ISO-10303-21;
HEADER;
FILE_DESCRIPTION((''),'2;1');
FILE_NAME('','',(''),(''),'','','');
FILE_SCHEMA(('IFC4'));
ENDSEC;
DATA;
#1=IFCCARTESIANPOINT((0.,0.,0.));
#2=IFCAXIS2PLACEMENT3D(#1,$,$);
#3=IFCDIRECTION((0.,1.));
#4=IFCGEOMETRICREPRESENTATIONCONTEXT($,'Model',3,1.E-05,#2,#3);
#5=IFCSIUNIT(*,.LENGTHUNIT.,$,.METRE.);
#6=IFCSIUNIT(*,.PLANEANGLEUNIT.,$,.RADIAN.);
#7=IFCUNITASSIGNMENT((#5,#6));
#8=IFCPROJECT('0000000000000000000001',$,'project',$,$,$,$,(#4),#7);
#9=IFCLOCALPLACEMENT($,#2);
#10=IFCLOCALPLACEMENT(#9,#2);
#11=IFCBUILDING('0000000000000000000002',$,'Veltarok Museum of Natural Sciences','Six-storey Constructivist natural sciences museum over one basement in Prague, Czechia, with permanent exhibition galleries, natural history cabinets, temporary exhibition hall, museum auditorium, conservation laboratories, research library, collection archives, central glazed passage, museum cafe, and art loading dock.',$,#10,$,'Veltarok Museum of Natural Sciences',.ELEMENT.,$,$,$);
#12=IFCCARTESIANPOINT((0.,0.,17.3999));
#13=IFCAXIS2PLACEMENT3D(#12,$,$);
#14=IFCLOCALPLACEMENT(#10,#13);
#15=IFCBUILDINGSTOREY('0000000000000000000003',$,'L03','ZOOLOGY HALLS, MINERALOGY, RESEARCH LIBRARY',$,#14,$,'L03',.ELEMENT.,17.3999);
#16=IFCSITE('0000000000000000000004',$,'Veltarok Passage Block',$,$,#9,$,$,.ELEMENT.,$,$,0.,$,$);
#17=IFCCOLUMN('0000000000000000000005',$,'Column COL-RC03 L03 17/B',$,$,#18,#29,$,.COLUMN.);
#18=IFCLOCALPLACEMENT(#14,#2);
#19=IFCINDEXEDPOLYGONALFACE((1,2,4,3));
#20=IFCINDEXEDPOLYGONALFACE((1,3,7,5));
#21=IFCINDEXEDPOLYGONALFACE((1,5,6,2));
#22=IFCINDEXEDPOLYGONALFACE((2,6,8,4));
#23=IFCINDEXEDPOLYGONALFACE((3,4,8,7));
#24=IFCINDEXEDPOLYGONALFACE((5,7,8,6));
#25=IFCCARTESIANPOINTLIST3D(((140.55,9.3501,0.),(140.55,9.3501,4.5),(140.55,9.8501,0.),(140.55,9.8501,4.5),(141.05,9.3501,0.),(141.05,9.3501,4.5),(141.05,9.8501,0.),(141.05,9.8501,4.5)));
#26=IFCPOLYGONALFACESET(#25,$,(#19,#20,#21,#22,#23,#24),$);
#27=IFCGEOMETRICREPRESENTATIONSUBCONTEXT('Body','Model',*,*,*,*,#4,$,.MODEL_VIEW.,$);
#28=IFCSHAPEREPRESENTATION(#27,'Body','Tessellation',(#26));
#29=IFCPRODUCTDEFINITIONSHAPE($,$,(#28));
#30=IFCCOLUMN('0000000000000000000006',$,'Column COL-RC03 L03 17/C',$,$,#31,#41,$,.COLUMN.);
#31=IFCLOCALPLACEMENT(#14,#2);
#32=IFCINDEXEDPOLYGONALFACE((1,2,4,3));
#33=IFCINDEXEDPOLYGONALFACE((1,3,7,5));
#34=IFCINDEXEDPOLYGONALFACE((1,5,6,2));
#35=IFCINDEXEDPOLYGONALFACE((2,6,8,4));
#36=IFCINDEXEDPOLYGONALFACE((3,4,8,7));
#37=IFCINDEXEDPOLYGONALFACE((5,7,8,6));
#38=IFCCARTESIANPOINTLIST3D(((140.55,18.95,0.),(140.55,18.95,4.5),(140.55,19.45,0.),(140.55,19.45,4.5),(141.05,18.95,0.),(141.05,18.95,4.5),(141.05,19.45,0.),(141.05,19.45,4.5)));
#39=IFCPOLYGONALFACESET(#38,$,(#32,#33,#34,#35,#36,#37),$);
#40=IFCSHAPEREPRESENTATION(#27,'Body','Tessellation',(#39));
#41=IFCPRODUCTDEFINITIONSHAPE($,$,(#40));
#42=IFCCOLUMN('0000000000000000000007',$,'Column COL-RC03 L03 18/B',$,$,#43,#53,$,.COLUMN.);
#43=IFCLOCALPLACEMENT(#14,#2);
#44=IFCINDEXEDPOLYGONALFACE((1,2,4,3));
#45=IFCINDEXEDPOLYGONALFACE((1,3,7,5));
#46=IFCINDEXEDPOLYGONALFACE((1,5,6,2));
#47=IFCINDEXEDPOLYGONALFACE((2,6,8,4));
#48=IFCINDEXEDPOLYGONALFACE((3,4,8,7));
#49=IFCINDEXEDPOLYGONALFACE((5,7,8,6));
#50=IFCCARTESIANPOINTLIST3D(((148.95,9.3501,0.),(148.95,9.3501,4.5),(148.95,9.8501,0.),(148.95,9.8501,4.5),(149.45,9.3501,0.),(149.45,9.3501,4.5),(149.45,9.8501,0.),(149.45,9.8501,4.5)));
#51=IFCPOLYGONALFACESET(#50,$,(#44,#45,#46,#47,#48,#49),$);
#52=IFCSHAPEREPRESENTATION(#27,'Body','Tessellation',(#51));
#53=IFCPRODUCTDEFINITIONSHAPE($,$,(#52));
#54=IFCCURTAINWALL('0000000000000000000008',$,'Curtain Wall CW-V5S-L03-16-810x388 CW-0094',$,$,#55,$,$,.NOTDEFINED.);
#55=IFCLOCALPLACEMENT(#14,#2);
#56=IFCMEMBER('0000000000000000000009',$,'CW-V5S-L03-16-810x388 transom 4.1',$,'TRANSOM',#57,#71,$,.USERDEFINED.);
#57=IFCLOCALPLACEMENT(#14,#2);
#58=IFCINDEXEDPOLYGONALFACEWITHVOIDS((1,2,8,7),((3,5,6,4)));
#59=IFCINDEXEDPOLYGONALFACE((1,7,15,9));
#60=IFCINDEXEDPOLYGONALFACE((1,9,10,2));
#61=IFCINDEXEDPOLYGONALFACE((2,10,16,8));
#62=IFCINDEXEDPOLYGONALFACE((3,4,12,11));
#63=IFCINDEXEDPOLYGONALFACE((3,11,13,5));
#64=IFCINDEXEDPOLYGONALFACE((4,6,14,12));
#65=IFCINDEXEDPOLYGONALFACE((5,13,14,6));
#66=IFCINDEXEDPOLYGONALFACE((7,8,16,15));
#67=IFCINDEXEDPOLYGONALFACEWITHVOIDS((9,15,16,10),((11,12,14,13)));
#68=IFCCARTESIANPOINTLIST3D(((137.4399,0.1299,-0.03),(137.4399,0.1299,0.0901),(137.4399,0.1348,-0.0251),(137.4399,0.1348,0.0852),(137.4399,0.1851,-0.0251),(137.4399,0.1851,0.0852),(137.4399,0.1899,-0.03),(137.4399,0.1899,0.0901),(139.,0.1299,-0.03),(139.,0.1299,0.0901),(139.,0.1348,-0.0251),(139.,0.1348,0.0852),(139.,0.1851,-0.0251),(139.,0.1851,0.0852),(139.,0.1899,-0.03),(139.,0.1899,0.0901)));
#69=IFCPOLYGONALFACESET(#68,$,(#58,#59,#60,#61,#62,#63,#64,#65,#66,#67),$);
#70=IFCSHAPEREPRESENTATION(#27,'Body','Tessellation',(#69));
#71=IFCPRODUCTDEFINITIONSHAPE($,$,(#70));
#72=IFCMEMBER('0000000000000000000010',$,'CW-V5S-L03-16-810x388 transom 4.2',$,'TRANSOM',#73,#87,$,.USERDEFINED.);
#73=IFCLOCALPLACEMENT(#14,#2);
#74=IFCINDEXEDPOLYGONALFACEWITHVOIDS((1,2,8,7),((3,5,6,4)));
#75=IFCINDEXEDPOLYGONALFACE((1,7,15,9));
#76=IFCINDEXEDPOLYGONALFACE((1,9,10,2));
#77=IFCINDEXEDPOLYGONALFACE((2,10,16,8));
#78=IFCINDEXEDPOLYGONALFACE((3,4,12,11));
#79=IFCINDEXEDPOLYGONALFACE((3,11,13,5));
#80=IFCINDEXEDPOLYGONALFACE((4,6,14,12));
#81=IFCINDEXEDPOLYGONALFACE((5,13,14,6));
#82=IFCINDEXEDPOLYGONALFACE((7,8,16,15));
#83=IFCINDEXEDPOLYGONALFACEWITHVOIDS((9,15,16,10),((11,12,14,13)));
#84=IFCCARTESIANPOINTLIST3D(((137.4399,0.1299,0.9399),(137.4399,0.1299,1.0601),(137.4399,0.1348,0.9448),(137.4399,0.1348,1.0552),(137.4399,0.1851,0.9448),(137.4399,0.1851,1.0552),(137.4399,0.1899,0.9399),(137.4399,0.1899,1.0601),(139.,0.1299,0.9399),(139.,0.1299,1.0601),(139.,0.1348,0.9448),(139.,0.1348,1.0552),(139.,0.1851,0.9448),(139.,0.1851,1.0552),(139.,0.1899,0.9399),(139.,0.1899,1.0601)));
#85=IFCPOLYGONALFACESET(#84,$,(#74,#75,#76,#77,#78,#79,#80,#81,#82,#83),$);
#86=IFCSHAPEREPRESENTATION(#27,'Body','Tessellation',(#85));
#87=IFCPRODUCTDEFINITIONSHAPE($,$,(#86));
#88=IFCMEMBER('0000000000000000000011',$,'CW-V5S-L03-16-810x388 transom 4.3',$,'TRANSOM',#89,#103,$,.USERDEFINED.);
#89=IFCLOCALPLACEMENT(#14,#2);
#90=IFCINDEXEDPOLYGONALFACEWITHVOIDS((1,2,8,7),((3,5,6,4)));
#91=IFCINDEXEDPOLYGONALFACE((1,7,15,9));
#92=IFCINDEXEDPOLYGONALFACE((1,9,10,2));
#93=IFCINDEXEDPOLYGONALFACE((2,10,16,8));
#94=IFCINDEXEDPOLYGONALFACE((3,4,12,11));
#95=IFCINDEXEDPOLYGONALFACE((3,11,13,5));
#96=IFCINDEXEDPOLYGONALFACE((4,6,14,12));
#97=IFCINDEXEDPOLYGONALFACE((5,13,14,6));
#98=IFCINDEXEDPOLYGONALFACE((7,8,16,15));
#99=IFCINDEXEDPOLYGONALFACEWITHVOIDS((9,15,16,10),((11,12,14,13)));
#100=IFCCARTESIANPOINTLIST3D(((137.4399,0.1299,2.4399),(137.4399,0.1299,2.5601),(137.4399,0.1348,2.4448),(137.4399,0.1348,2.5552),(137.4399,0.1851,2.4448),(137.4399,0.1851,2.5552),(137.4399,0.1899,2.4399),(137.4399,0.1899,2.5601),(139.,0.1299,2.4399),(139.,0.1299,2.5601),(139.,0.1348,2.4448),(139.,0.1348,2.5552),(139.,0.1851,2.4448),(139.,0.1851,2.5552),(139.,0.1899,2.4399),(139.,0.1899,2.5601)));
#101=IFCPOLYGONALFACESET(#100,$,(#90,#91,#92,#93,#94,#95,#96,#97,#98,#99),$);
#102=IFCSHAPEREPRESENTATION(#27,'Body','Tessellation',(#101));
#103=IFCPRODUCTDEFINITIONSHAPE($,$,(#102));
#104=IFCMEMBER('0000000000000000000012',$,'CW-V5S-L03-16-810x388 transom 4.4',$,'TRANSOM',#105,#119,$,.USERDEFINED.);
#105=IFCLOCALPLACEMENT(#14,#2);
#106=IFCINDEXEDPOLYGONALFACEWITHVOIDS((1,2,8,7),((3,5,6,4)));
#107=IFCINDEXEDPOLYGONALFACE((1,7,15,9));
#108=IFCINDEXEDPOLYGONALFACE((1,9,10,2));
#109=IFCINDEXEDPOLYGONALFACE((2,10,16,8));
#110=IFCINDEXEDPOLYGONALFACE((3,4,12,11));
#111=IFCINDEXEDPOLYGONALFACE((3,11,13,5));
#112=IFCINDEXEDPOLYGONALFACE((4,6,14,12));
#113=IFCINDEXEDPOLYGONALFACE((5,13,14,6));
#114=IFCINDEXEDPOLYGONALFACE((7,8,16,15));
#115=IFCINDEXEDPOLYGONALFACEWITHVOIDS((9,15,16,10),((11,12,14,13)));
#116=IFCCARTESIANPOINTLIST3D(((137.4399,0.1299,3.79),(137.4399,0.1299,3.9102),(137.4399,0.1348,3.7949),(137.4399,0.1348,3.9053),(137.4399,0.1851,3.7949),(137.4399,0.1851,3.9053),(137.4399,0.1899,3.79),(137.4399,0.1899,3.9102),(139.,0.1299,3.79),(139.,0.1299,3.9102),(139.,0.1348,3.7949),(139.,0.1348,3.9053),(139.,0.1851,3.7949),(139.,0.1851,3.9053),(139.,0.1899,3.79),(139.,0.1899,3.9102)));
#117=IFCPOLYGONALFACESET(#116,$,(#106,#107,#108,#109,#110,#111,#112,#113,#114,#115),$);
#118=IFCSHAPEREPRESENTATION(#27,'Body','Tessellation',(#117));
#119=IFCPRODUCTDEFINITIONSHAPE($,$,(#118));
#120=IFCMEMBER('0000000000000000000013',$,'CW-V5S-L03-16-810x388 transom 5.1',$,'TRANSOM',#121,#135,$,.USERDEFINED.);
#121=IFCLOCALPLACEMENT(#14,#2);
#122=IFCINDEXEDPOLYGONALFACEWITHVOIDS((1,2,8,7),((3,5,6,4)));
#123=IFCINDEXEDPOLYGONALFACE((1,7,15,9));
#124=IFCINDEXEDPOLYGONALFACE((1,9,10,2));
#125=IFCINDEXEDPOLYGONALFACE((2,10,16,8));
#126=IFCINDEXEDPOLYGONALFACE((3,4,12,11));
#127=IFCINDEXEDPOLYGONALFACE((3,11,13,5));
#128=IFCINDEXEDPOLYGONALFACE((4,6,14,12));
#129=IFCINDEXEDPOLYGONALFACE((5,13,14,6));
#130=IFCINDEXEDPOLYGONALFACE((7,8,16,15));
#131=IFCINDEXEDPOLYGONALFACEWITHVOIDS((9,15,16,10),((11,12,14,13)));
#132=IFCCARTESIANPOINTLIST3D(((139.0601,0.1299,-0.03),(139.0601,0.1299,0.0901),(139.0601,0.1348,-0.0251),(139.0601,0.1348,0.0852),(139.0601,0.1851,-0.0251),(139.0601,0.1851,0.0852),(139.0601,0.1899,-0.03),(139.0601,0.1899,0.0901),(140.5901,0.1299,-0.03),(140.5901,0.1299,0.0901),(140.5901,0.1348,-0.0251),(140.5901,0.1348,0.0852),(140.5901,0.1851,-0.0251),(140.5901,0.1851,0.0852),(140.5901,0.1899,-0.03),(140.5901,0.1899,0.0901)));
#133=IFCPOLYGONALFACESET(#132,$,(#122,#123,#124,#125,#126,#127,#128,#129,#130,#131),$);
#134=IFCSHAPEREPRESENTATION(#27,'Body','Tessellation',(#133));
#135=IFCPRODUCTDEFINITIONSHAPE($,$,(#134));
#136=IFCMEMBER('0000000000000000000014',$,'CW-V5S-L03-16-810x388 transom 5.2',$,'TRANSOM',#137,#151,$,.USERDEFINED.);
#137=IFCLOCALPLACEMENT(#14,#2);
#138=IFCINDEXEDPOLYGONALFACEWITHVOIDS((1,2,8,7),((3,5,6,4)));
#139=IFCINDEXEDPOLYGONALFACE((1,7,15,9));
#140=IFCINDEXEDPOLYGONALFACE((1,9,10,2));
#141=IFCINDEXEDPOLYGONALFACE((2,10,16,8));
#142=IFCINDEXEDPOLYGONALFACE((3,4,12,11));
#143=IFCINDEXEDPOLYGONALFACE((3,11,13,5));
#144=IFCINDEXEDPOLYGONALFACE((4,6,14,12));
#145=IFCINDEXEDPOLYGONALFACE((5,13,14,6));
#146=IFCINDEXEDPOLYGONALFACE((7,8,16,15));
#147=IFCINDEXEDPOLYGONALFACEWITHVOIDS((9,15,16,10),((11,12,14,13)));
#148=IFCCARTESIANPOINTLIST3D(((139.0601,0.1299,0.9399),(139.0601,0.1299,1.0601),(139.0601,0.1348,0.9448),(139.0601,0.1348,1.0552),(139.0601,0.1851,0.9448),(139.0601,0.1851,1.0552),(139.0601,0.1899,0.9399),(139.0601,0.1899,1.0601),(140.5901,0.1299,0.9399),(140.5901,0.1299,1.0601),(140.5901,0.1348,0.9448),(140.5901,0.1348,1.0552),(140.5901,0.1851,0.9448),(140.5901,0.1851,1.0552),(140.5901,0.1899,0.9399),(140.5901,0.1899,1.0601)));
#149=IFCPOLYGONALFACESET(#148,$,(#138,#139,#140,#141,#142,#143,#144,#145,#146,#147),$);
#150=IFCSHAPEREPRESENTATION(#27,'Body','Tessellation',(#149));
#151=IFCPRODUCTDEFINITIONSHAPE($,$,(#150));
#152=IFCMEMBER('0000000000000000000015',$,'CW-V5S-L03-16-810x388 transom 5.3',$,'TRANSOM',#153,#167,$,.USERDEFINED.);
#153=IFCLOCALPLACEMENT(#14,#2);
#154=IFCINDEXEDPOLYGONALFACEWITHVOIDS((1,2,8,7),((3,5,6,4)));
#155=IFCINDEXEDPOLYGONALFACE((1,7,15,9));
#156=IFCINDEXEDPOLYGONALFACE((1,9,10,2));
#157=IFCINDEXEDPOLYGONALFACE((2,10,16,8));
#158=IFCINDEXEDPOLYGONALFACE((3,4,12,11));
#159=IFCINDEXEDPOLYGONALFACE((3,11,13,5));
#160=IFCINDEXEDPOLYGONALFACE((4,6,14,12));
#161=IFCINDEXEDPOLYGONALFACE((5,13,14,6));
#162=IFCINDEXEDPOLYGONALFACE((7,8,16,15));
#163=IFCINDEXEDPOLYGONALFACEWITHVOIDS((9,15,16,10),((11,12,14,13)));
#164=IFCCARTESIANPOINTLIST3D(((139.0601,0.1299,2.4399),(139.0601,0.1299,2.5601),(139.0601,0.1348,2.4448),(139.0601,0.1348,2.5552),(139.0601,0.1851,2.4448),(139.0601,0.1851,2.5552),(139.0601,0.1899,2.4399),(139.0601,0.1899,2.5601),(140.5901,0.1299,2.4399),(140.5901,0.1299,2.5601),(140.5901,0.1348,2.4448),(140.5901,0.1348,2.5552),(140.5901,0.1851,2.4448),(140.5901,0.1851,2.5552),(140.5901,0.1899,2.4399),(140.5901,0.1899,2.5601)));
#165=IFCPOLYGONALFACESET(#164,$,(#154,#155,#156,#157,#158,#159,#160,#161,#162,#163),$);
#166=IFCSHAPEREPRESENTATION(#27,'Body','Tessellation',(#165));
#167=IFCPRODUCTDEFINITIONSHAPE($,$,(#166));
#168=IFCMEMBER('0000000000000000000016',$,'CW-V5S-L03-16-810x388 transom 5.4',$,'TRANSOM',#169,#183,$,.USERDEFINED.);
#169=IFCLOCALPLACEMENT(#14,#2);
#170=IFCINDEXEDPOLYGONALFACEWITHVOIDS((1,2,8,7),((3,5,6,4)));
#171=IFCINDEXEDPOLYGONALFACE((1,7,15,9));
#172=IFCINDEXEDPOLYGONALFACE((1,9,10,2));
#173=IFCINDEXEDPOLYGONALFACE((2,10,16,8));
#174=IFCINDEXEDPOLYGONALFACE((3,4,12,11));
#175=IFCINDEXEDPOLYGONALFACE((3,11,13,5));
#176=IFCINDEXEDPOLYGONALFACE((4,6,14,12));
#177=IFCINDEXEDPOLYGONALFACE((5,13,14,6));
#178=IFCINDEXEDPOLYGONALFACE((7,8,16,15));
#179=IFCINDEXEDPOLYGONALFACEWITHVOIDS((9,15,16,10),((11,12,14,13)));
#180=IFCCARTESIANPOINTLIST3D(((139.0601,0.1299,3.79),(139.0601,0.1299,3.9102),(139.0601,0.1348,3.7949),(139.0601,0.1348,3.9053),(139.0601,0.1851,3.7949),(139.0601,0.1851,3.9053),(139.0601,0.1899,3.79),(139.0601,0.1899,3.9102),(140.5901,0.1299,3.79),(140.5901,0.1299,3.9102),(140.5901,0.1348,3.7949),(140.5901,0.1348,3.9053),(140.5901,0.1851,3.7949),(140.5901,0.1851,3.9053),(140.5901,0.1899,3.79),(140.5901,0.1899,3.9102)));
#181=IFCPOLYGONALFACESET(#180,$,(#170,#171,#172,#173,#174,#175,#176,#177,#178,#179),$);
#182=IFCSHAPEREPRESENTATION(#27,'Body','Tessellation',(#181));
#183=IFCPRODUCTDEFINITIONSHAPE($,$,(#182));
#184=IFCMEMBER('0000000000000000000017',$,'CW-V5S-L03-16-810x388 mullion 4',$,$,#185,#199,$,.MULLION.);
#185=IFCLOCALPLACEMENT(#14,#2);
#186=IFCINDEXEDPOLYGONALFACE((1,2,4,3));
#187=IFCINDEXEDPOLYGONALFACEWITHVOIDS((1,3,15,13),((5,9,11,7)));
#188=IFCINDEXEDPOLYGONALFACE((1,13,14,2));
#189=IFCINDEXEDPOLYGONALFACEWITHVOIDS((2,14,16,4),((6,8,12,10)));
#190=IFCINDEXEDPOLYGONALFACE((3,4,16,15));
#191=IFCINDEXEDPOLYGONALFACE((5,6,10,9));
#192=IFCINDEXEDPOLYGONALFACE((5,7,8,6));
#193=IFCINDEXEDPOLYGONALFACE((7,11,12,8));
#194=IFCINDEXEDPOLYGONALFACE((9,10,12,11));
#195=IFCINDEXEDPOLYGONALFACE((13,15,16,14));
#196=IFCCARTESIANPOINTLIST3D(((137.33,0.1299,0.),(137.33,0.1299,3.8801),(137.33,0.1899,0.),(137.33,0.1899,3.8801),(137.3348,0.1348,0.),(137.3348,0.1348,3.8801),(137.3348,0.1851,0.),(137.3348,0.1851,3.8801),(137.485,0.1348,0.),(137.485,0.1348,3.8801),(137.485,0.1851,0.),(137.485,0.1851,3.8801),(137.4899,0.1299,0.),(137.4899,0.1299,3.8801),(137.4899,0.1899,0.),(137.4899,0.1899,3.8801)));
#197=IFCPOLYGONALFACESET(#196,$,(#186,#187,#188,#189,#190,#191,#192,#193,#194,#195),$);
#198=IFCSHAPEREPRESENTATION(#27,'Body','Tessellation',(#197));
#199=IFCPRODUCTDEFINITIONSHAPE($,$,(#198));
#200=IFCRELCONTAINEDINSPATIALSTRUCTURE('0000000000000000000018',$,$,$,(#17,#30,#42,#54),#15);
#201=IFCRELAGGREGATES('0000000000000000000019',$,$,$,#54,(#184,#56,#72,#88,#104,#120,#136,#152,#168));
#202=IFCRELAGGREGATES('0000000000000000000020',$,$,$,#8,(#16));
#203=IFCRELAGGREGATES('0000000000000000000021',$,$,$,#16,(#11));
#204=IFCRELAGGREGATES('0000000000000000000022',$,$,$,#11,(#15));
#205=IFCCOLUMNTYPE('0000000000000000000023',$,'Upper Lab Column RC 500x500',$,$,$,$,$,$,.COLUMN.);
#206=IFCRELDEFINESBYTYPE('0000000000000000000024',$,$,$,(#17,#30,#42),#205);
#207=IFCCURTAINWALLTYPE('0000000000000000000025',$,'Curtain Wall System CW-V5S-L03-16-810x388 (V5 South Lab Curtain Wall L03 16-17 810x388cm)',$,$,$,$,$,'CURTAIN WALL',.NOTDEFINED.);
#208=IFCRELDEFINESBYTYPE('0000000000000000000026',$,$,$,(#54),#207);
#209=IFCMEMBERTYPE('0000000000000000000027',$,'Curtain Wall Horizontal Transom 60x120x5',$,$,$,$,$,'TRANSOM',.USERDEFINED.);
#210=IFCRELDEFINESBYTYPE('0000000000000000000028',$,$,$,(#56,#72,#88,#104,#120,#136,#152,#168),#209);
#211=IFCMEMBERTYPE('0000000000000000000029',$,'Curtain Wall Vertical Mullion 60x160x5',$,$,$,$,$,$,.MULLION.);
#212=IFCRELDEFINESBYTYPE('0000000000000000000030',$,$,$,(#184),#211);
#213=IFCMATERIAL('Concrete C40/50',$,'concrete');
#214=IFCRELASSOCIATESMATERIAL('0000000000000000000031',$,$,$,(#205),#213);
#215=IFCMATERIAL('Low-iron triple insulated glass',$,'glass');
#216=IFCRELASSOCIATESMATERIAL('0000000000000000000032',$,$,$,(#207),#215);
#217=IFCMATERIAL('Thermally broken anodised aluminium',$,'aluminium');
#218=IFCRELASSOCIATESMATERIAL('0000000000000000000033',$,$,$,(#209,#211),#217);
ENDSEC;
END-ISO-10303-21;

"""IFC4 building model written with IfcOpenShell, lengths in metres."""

from ifc_helpers import new_model, si_unit, direction, frame, origin, origin_2d, place, context, subcontext, project, spatial, rectangle, hollow_rectangle, extrude, material, material_profile, profile_set, type_object, element, aggregate, save


model = new_model("IFC4")

# Units and contexts
model_context = context("Model", 3, precision=1e-05, world=origin(), true_north=direction((0.0, 1.0)))
body_context = subcontext(model_context, "Body", "Model", "MODEL_VIEW")
ifc_project = project(units=[si_unit("LENGTHUNIT", "METRE"), si_unit("PLANEANGLEUNIT", "RADIAN")], contexts=[model_context])

# Site, building, storey
site_placement = place(None, origin())
site = spatial("IfcSite", under=ifc_project, at=site_placement, Name="Veltarok Passage Block", CompositionType="ELEMENT", RefElevation=0.0)
building_placement = place(site_placement, origin())
building = spatial("IfcBuilding", under=site, at=building_placement, Name="Veltarok Museum of Natural Sciences", Description="Six-storey Constructivist natural sciences museum over one basement in Prague, Czechia, with permanent exhibition galleries, natural history cabinets, temporary exhibition hall, museum auditorium, conservation laboratories, research library, collection archives, central glazed passage, museum cafe, and art loading dock.", LongName="Veltarok Museum of Natural Sciences", CompositionType="ELEMENT")
storey_placement = place(building_placement, frame((0.0, 0.0, 17.3999)))
storey = spatial("IfcBuildingStorey", under=building, at=storey_placement, Name="L03", Description="ZOOLOGY HALLS, MINERALOGY, RESEARCH LIBRARY", LongName="L03", CompositionType="ELEMENT", Elevation=17.3999)

# Columns
ifc_material_1 = material(Name="Concrete C40/50", Category="concrete")
ifc_material_profile_1 = material_profile(ifc_material_1, rectangle(XDim=0.5, YDim=0.5, at=origin_2d()), Name="RC 500x500")
ifc_profile_set_1 = profile_set([ifc_material_profile_1], Name="Concrete C40/50")
column_type = type_object("IfcColumnType", Name="Upper Lab Column RC 500x500", PredefinedType="COLUMN", material=ifc_profile_set_1)
for number, where, z_axis, x_axis, name in (
    (1, (140.8, 9.6001, 0.0), (0.0, 0.0, 1.0), (1.0, 0.0, 0.0), "Column COL-RC03 L03 17/B"),
    (2, (140.8, 19.2, 0.0), (0.0, 0.0, 1.0), (1.0, 0.0, 0.0), "Column COL-RC03 L03 17/C"),
    (3, (149.2, 9.6001, 0.0), (0.0, 0.0, 1.0), (1.0, 0.0, 0.0), "Column COL-RC03 L03 18/B"),
):
    element("IfcColumn", number, at=place(storey_placement, frame(where, z_axis=z_axis, x_axis=x_axis)), inside=storey, type_object=column_type, Name=name, PredefinedType="COLUMN", context=body_context, shape_type="SweptSolid", body=[
        extrude(rectangle(XDim=0.5, YDim=0.5, at=origin_2d()), origin(), (0.0, 0.0, 1.0), 4.5),
    ])

# Curtain wall, members
ifc_material_2 = material(Name="Low-iron triple insulated glass", Category="glass")
curtain_wall_type = type_object("IfcCurtainWallType", Name="Curtain Wall System CW-V5S-L03-16-810x388 (V5 South Lab Curtain Wall L03 16-17 810x388cm)", ElementType="CURTAIN WALL", PredefinedType="NOTDEFINED", material=ifc_material_2)
curtain_wall_placement = place(storey_placement, origin())
curtain_wall = element("IfcCurtainWall", 4, at=curtain_wall_placement, inside=storey, type_object=curtain_wall_type, Name="Curtain Wall CW-V5S-L03-16-810x388 CW-0094", PredefinedType="NOTDEFINED")
ifc_material_3 = material(Name="Thermally broken anodised aluminium", Category="aluminium")
ifc_material_profile_2 = material_profile(ifc_material_3, hollow_rectangle(XDim=0.0601, YDim=0.1201, WallThickness=0.0049, at=origin_2d()), Name="CW TRANSOM 60x120x5")
ifc_profile_set_2 = profile_set([ifc_material_profile_2], Name="Thermally broken anodised aluminium")
member_type_1 = type_object("IfcMemberType", Name="Curtain Wall Horizontal Transom 60x120x5", ElementType="TRANSOM", PredefinedType="USERDEFINED", material=ifc_profile_set_2)
member_1_placement = place(storey_placement, frame((137.4399, 0.1599, 0.03), z_axis=(1.0, 0.0, 0.0), x_axis=(0.0, 1.0, 0.0)))
member_1 = element("IfcMember", 5, at=member_1_placement, type_object=member_type_1, Name="CW-V5S-L03-16-810x388 transom 4.1", ObjectType="TRANSOM", PredefinedType="USERDEFINED", context=body_context, shape_type="SweptSolid", body=[
    extrude(hollow_rectangle(XDim=0.0601, YDim=0.1201, WallThickness=0.0049, at=origin_2d()), origin(), (0.0, 0.0, 1.0), 1.5601),
])
member_2_placement = place(storey_placement, frame((137.4399, 0.1599, 1.0), z_axis=(1.0, 0.0, 0.0), x_axis=(0.0, 1.0, 0.0)))
member_2 = element("IfcMember", 6, at=member_2_placement, type_object=member_type_1, Name="CW-V5S-L03-16-810x388 transom 4.2", ObjectType="TRANSOM", PredefinedType="USERDEFINED", context=body_context, shape_type="SweptSolid", body=[
    extrude(hollow_rectangle(XDim=0.0601, YDim=0.1201, WallThickness=0.0049, at=origin_2d()), origin(), (0.0, 0.0, 1.0), 1.5601),
])
member_3_placement = place(storey_placement, frame((137.4399, 0.1599, 2.5), z_axis=(1.0, 0.0, 0.0), x_axis=(0.0, 1.0, 0.0)))
member_3 = element("IfcMember", 7, at=member_3_placement, type_object=member_type_1, Name="CW-V5S-L03-16-810x388 transom 4.3", ObjectType="TRANSOM", PredefinedType="USERDEFINED", context=body_context, shape_type="SweptSolid", body=[
    extrude(hollow_rectangle(XDim=0.0601, YDim=0.1201, WallThickness=0.0049, at=origin_2d()), origin(), (0.0, 0.0, 1.0), 1.5601),
])
member_4_placement = place(storey_placement, frame((137.4399, 0.1599, 3.8501), z_axis=(1.0, 0.0, 0.0), x_axis=(0.0, 1.0, 0.0)))
member_4 = element("IfcMember", 8, at=member_4_placement, type_object=member_type_1, Name="CW-V5S-L03-16-810x388 transom 4.4", ObjectType="TRANSOM", PredefinedType="USERDEFINED", context=body_context, shape_type="SweptSolid", body=[
    extrude(hollow_rectangle(XDim=0.0601, YDim=0.1201, WallThickness=0.0049, at=origin_2d()), origin(), (0.0, 0.0, 1.0), 1.5601),
])
member_5_placement = place(storey_placement, frame((139.0601, 0.1599, 0.03), z_axis=(1.0, 0.0, 0.0), x_axis=(0.0, 1.0, 0.0)))
member_5 = element("IfcMember", 9, at=member_5_placement, type_object=member_type_1, Name="CW-V5S-L03-16-810x388 transom 5.1", ObjectType="TRANSOM", PredefinedType="USERDEFINED", context=body_context, shape_type="SweptSolid", body=[
    extrude(hollow_rectangle(XDim=0.0601, YDim=0.1201, WallThickness=0.0049, at=origin_2d()), origin(), (0.0, 0.0, 1.0), 1.53),
])
member_6_placement = place(storey_placement, frame((139.0601, 0.1599, 1.0), z_axis=(1.0, 0.0, 0.0), x_axis=(0.0, 1.0, 0.0)))
member_6 = element("IfcMember", 10, at=member_6_placement, type_object=member_type_1, Name="CW-V5S-L03-16-810x388 transom 5.2", ObjectType="TRANSOM", PredefinedType="USERDEFINED", context=body_context, shape_type="SweptSolid", body=[
    extrude(hollow_rectangle(XDim=0.0601, YDim=0.1201, WallThickness=0.0049, at=origin_2d()), origin(), (0.0, 0.0, 1.0), 1.53),
])
member_7_placement = place(storey_placement, frame((139.0601, 0.1599, 2.5), z_axis=(1.0, 0.0, 0.0), x_axis=(0.0, 1.0, 0.0)))
member_7 = element("IfcMember", 11, at=member_7_placement, type_object=member_type_1, Name="CW-V5S-L03-16-810x388 transom 5.3", ObjectType="TRANSOM", PredefinedType="USERDEFINED", context=body_context, shape_type="SweptSolid", body=[
    extrude(hollow_rectangle(XDim=0.0601, YDim=0.1201, WallThickness=0.0049, at=origin_2d()), origin(), (0.0, 0.0, 1.0), 1.53),
])
member_8_placement = place(storey_placement, frame((139.0601, 0.1599, 3.8501), z_axis=(1.0, 0.0, 0.0), x_axis=(0.0, 1.0, 0.0)))
member_8 = element("IfcMember", 12, at=member_8_placement, type_object=member_type_1, Name="CW-V5S-L03-16-810x388 transom 5.4", ObjectType="TRANSOM", PredefinedType="USERDEFINED", context=body_context, shape_type="SweptSolid", body=[
    extrude(hollow_rectangle(XDim=0.0601, YDim=0.1201, WallThickness=0.0049, at=origin_2d()), origin(), (0.0, 0.0, 1.0), 1.53),
])
ifc_material_profile_3 = material_profile(ifc_material_3, hollow_rectangle(XDim=0.0601, YDim=0.1599, WallThickness=0.0049, at=origin_2d()), Name="CW MULLION 60x160x5")
ifc_profile_set_3 = profile_set([ifc_material_profile_3], Name="Thermally broken anodised aluminium")
member_type_2 = type_object("IfcMemberType", Name="Curtain Wall Vertical Mullion 60x160x5", PredefinedType="MULLION", material=ifc_profile_set_3)
member_9_placement = place(storey_placement, frame((137.4099, 0.1599, 0.0), z_axis=(0.0, 0.0, 1.0), x_axis=(0.0, 1.0, 0.0)))
member_9 = element("IfcMember", 13, at=member_9_placement, type_object=member_type_2, Name="CW-V5S-L03-16-810x388 mullion 4", PredefinedType="MULLION", context=body_context, shape_type="SweptSolid", body=[
    extrude(hollow_rectangle(XDim=0.0601, YDim=0.1599, WallThickness=0.0049, at=origin_2d()), origin(), (0.0, 0.0, 1.0), 3.8801),
])

aggregate(curtain_wall, [member_9, member_1, member_2, member_3, member_4, member_5, member_6, member_7, member_8])

save(model, "model.ifc")
